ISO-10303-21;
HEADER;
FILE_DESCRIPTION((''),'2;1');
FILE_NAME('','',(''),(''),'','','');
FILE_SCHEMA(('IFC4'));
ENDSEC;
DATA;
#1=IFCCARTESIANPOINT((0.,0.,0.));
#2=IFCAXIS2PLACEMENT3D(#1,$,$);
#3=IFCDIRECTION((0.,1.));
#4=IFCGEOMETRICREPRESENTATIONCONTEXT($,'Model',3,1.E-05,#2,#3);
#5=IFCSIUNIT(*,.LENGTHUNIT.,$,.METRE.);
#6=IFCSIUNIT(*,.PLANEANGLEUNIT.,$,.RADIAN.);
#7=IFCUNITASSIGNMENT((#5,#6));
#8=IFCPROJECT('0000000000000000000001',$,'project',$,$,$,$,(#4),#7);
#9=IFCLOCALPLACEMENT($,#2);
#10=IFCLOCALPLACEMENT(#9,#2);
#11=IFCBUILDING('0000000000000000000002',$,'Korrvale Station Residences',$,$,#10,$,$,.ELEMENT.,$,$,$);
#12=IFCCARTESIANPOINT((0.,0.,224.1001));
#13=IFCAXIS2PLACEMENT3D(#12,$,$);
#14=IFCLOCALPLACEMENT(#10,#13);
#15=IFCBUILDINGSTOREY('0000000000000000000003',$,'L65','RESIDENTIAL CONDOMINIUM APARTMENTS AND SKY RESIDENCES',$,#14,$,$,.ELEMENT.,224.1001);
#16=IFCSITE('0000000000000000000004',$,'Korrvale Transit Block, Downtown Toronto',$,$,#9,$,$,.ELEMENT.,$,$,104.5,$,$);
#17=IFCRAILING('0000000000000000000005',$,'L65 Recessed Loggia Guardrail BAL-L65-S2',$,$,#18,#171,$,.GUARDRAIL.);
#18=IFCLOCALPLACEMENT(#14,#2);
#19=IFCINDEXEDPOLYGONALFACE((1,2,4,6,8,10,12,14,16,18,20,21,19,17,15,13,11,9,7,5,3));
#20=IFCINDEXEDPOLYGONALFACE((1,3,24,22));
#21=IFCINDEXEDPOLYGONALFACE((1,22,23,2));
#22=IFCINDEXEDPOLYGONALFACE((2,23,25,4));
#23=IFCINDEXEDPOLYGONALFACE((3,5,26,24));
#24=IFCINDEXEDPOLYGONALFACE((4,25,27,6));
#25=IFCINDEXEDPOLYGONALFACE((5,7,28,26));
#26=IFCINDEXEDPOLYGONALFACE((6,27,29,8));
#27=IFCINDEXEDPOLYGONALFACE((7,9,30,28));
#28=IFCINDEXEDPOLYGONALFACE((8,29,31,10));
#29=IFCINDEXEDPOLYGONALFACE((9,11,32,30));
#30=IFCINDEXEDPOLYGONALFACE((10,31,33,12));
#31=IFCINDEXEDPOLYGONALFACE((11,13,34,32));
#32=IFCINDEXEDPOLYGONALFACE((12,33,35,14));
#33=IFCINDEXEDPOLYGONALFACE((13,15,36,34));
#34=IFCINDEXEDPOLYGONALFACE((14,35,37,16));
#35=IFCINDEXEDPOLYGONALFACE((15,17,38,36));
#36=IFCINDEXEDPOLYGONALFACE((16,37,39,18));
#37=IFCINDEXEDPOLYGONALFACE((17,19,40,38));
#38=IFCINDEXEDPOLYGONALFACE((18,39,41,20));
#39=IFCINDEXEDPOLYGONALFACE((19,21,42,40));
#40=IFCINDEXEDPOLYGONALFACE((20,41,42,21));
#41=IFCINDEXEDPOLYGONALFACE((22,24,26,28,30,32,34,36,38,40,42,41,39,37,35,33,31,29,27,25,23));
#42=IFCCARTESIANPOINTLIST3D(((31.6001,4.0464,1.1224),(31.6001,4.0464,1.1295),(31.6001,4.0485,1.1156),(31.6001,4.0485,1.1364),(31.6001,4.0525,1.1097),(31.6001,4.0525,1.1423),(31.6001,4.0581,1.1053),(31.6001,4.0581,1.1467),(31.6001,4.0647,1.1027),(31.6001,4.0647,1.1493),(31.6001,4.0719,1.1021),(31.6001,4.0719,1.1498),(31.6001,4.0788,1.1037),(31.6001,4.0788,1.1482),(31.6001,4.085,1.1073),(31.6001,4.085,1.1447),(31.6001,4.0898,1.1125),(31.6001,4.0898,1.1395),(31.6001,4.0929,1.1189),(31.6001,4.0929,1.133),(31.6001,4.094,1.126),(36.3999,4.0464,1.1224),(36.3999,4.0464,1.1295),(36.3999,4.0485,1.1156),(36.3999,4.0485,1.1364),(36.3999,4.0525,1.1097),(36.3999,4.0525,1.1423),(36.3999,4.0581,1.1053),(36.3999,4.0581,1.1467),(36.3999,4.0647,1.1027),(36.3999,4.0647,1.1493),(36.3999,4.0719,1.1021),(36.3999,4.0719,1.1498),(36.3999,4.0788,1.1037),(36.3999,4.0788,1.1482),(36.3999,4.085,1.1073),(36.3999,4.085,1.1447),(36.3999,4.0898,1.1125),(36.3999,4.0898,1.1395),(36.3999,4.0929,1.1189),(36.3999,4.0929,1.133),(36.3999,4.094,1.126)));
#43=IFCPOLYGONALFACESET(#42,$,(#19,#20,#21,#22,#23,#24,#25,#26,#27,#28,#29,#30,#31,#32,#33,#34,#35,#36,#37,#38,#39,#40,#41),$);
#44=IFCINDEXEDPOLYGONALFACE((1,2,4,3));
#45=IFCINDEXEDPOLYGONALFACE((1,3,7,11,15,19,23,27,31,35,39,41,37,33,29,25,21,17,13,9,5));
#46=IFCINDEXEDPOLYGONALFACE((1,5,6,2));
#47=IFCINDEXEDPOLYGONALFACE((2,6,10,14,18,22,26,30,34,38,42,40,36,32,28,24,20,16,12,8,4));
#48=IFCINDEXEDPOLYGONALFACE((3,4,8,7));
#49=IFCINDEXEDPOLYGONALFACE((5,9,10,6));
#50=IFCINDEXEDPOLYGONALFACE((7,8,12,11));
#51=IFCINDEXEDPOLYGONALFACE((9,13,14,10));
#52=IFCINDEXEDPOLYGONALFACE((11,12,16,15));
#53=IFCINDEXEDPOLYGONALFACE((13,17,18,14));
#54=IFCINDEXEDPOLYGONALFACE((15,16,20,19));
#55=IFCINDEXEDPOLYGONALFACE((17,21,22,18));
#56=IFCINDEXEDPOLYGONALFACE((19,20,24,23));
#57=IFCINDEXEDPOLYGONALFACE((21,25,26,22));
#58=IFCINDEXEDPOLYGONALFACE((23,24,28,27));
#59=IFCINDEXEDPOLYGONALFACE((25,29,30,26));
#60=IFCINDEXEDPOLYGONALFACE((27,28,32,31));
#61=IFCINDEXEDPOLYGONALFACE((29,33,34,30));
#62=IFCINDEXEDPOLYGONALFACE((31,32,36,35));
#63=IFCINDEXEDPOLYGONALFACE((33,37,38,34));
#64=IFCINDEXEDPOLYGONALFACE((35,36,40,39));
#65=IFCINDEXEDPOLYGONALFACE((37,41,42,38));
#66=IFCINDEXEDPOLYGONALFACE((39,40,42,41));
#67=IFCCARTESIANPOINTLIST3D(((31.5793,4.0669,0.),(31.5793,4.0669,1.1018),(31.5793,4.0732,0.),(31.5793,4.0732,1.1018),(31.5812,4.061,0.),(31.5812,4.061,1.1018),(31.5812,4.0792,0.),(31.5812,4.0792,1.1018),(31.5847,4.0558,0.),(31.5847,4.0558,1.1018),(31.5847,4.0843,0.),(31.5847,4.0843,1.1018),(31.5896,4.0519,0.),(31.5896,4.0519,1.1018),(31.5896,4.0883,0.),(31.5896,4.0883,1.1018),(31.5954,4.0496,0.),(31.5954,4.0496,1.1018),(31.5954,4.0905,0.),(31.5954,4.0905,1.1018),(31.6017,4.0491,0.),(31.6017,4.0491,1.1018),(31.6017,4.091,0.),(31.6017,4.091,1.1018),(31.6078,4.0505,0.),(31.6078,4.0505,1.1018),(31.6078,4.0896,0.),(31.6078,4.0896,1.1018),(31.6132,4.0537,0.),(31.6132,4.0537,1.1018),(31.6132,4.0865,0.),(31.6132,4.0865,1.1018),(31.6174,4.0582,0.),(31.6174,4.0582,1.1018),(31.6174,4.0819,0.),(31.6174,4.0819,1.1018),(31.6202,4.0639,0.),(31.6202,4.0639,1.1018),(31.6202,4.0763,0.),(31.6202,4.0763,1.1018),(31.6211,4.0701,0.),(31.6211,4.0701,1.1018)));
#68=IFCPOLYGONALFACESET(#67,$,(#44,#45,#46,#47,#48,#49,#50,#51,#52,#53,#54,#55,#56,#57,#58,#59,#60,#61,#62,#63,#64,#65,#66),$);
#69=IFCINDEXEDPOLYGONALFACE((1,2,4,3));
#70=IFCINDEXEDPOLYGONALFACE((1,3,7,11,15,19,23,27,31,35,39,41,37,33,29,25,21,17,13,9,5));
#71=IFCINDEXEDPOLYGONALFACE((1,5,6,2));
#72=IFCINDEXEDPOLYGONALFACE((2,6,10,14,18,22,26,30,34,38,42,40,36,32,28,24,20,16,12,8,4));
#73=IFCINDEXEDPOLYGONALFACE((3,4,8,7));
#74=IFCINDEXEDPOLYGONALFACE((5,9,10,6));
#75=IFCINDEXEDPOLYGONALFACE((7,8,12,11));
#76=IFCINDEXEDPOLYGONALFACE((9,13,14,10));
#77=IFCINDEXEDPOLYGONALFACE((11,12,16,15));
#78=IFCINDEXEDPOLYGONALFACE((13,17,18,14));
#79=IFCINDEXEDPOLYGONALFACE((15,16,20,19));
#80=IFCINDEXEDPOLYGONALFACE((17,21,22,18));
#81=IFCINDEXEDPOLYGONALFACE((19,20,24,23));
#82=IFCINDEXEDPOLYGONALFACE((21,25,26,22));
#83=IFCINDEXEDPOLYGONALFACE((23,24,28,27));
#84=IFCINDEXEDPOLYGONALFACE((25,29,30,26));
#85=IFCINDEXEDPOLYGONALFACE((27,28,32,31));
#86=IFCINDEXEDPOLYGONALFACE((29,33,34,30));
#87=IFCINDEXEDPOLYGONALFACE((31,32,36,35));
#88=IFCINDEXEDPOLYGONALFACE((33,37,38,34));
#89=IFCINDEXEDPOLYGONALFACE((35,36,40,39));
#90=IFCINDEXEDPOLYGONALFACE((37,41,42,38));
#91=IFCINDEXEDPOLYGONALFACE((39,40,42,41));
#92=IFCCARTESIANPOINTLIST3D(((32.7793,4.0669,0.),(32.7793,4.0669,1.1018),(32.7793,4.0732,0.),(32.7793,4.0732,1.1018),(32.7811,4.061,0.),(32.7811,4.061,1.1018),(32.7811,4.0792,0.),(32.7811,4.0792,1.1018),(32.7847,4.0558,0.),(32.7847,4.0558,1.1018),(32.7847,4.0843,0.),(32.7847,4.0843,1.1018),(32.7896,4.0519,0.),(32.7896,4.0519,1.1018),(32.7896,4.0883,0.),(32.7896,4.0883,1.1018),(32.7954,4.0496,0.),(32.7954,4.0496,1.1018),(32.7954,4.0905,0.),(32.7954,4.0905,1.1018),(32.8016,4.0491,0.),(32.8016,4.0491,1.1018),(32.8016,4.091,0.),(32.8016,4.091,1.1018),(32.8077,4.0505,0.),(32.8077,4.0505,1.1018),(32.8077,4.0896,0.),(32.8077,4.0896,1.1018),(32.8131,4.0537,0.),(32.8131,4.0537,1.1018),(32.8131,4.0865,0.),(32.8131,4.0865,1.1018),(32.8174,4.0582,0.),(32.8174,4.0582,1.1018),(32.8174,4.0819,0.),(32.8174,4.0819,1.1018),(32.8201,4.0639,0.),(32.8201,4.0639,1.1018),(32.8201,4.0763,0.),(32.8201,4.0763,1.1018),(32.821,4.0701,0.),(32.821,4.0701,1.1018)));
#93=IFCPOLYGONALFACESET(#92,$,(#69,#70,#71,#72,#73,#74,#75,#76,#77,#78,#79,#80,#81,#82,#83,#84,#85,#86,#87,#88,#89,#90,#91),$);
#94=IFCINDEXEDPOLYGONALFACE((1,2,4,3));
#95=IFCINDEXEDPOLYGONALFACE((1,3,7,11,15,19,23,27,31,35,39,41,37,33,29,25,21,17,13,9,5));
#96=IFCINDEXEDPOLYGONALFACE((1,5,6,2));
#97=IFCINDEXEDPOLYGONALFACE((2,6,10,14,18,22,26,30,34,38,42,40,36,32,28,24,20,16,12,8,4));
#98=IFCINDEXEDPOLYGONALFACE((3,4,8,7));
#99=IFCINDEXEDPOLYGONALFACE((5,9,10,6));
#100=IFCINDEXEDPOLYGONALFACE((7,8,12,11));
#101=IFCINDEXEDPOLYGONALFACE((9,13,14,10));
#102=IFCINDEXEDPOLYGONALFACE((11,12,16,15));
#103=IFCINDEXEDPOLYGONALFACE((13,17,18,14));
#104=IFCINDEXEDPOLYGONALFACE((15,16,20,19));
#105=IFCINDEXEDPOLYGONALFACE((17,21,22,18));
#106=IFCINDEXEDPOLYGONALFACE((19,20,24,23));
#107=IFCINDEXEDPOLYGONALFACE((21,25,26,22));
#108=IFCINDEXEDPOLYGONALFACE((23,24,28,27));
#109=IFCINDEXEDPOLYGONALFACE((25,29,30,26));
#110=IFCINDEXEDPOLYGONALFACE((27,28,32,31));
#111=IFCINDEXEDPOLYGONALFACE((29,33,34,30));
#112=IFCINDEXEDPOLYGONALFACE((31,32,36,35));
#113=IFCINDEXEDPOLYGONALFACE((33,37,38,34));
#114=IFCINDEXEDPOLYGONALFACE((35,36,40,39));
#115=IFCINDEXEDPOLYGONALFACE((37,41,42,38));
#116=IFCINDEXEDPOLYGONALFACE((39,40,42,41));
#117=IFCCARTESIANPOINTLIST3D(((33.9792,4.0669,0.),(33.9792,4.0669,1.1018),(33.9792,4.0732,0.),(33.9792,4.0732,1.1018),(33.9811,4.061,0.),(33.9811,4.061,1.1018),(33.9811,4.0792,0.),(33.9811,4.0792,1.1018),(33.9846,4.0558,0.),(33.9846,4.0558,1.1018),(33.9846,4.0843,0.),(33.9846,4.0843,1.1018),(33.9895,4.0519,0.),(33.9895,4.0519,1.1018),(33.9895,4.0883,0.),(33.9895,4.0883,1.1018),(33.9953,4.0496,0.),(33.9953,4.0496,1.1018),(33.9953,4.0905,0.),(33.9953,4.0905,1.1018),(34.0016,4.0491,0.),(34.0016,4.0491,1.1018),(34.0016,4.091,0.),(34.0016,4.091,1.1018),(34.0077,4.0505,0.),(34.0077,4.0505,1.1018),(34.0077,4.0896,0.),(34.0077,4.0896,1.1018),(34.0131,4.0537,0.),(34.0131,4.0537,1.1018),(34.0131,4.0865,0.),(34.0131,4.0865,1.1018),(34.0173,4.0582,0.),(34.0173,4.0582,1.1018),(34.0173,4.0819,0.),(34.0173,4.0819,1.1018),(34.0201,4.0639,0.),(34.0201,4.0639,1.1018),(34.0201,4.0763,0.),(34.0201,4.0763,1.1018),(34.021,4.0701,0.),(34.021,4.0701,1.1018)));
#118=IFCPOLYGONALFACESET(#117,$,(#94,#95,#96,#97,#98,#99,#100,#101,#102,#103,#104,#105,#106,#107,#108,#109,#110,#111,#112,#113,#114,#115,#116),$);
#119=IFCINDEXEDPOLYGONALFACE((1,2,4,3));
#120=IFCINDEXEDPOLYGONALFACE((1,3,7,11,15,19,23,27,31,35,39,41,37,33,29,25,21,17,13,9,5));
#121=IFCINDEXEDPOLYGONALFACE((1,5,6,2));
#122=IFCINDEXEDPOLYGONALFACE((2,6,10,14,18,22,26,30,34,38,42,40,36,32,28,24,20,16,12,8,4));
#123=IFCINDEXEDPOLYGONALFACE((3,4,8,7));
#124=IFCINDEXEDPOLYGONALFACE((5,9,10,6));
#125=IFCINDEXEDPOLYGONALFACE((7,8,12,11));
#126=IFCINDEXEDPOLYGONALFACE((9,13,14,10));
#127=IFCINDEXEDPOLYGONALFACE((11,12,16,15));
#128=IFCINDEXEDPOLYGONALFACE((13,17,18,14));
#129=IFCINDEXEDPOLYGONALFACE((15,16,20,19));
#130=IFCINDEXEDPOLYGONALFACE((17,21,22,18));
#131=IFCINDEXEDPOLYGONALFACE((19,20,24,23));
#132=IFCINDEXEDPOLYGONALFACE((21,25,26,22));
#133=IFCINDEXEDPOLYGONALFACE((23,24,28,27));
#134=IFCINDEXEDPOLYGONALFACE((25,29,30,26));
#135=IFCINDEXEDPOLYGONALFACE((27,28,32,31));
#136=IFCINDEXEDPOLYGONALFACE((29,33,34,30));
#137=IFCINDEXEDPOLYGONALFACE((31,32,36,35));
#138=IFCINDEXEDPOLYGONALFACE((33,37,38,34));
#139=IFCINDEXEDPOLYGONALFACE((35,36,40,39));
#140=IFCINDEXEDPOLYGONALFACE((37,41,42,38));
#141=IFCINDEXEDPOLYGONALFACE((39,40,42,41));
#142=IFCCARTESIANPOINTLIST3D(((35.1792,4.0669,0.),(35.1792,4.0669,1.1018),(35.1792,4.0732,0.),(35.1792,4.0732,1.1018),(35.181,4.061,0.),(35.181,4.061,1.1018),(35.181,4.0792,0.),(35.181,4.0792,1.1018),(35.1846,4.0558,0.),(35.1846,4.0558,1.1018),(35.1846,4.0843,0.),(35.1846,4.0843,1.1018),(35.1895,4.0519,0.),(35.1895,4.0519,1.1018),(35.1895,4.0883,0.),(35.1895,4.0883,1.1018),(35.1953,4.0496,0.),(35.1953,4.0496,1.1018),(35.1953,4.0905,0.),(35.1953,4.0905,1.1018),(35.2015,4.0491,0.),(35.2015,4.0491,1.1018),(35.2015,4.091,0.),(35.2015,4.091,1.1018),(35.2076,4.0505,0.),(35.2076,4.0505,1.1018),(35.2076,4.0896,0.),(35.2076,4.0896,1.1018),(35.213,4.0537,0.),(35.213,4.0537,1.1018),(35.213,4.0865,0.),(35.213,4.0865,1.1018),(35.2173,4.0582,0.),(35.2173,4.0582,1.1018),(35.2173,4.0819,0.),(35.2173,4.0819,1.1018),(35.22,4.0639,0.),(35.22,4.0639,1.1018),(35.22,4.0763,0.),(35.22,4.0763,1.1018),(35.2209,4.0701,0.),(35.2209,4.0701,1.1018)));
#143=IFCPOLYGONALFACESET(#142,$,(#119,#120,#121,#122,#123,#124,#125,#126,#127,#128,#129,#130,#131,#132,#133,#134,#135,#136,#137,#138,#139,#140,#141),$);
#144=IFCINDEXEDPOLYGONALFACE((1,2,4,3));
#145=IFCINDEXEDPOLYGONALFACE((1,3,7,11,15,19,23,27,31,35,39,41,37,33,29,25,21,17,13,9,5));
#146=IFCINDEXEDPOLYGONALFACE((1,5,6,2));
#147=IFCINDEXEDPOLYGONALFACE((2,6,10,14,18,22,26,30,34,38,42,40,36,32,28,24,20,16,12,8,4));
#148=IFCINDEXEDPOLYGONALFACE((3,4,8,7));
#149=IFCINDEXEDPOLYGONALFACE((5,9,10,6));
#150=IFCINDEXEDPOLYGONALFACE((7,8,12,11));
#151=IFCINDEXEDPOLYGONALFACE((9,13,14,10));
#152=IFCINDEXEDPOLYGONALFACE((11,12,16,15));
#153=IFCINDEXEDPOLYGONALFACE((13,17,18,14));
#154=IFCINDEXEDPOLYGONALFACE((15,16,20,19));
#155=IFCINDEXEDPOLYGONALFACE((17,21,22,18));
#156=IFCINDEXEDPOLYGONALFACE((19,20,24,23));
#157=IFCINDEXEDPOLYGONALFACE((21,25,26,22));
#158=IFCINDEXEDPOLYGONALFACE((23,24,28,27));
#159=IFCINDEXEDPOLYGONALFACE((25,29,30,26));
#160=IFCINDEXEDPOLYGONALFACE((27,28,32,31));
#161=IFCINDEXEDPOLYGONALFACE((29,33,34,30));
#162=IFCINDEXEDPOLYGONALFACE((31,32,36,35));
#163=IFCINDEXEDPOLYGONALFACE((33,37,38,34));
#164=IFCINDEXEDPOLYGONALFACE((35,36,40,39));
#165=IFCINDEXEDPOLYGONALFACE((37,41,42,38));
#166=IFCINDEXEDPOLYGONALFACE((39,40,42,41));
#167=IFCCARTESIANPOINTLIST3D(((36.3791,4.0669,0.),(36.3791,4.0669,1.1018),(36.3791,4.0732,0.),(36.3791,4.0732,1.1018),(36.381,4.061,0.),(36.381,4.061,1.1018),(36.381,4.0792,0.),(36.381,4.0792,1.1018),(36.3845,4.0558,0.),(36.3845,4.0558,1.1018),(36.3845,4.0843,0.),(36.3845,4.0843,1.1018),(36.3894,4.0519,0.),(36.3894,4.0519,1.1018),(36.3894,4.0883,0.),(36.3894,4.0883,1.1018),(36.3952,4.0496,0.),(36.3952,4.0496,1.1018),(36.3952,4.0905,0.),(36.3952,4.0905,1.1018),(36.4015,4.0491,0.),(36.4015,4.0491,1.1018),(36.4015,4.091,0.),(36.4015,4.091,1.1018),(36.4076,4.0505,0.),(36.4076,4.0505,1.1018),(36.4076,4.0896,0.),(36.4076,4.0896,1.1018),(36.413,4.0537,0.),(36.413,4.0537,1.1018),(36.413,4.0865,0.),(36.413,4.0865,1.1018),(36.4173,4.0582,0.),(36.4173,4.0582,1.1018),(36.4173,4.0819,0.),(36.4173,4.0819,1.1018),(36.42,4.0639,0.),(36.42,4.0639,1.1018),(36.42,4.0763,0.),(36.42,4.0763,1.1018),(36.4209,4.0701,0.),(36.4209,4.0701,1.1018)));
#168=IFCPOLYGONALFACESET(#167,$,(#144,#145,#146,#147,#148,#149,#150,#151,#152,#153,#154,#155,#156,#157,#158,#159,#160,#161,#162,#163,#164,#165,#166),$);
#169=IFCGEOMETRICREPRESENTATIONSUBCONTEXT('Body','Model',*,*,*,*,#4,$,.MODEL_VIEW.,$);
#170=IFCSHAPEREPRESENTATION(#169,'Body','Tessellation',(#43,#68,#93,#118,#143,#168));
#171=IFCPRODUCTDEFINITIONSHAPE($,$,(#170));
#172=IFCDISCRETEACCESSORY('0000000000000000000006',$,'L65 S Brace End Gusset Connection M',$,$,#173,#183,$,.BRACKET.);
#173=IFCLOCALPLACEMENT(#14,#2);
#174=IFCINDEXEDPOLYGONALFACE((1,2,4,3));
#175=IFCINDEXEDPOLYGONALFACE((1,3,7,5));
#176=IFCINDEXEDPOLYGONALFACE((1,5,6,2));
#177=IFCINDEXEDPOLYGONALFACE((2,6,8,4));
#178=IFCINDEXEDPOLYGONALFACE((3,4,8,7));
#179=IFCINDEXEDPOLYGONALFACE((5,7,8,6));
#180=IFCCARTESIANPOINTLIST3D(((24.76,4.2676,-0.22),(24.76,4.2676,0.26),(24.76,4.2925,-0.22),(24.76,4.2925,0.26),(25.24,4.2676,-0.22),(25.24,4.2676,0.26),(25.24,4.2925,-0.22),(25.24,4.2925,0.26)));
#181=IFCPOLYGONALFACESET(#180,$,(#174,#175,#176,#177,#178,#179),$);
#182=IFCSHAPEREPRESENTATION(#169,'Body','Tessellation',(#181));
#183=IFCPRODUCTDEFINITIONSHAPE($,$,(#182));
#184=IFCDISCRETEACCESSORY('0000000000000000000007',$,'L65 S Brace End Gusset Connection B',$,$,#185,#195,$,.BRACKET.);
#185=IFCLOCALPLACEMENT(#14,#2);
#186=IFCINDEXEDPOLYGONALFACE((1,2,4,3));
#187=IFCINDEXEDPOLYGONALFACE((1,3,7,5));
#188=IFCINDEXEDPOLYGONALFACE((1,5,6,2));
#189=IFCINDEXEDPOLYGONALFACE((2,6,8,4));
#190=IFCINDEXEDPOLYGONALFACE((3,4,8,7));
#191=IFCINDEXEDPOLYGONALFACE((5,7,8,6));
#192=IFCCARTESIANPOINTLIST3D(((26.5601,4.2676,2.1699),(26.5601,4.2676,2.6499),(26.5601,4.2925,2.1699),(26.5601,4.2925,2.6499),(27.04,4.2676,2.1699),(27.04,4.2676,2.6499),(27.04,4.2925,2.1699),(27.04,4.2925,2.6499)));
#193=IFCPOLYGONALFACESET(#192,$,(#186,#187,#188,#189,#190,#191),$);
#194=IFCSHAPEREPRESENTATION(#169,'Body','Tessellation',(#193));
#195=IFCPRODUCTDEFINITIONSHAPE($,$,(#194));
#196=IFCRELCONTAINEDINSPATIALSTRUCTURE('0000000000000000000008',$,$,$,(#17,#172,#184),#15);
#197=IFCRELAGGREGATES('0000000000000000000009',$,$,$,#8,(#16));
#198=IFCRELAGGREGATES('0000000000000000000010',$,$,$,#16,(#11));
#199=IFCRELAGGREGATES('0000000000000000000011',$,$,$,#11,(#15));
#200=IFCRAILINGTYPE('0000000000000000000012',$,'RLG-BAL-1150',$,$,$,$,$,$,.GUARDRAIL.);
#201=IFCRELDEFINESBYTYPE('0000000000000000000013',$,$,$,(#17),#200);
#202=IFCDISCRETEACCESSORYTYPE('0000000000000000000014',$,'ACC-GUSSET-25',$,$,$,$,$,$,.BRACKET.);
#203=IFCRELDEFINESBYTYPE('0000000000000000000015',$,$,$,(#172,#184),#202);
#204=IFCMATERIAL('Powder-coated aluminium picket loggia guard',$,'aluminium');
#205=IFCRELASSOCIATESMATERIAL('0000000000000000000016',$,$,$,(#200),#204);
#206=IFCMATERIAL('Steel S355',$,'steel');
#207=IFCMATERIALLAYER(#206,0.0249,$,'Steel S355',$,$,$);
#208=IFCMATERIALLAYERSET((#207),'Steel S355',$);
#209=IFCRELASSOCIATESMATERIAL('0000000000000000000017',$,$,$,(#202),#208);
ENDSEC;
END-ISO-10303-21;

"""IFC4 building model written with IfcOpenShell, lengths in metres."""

from ifc_helpers import new_model, si_unit, direction, frame, origin, origin_2d, place, context, subcontext, project, spatial, rectangle, circle, extrude, material, layer, layer_set, type_object, element, save


model = new_model("IFC4")

# Units and contexts
model_context = context("Model", 3, precision=1e-05, world=origin(), true_north=direction((0.0, 1.0)))
body_context = subcontext(model_context, "Body", "Model", "MODEL_VIEW")
ifc_project = project(units=[si_unit("LENGTHUNIT", "METRE"), si_unit("PLANEANGLEUNIT", "RADIAN")], contexts=[model_context])

# Site, building, storey
site_placement = place(None, origin())
site = spatial("IfcSite", under=ifc_project, at=site_placement, Name="Korrvale Transit Block, Downtown Toronto", CompositionType="ELEMENT", RefElevation=104.5)
building_placement = place(site_placement, origin())
building = spatial("IfcBuilding", under=site, at=building_placement, Name="Korrvale Station Residences", CompositionType="ELEMENT")
storey_placement = place(building_placement, frame((0.0, 0.0, 224.1001)))
storey = spatial("IfcBuildingStorey", under=building, at=storey_placement, Name="L65", Description="RESIDENTIAL CONDOMINIUM APARTMENTS AND SKY RESIDENCES", CompositionType="ELEMENT", Elevation=224.1001)

# Shared definitions
ifc_material_1 = material(Name="Steel S355", Category="steel")

# Railing
ifc_material_2 = material(Name="Powder-coated aluminium picket loggia guard", Category="aluminium")
railing_type = type_object("IfcRailingType", Name="RLG-BAL-1150", PredefinedType="GUARDRAIL", material=ifc_material_2)
railing_placement = place(storey_placement, frame((31.6001, 4.0701, 0.0)))
element("IfcRailing", 1, at=railing_placement, inside=storey, type_object=railing_type, Name="L65 Recessed Loggia Guardrail BAL-L65-S2", PredefinedType="GUARDRAIL", context=body_context, shape_type="SweptSolid", body=[
    extrude(circle(Radius=0.0239, at=origin_2d()), frame((0.0, 0.0, 1.126), z_axis=(1.0, 0.0, 0.0), x_axis=(0.0, 1.0, 0.0)), (0.0, 0.0, 1.0), 4.7998),
    extrude(circle(Radius=0.021, at=origin_2d()), origin(), (0.0, 0.0, 1.0), 1.1018),
    extrude(circle(Radius=0.021, at=origin_2d()), frame((1.2, 0.0, 0.0)), (0.0, 0.0, 1.0), 1.1018),
    extrude(circle(Radius=0.021, at=origin_2d()), frame((2.3999, 0.0, 0.0)), (0.0, 0.0, 1.0), 1.1018),
    extrude(circle(Radius=0.021, at=origin_2d()), frame((3.5999, 0.0, 0.0)), (0.0, 0.0, 1.0), 1.1018),
    extrude(circle(Radius=0.021, at=origin_2d()), frame((4.7998, 0.0, 0.0)), (0.0, 0.0, 1.0), 1.1018),
])

# Discrete accessories
ifc_layer_1 = layer(ifc_material_1, 0.0249, Name="Steel S355")
ifc_layer_set_1 = layer_set([ifc_layer_1], Name="Steel S355")
discrete_accessory_type = type_object("IfcDiscreteAccessoryType", Name="ACC-GUSSET-25", PredefinedType="BRACKET", material=ifc_layer_set_1)
for number, where, z_axis, x_axis, name in (
    (2, (25.0, 4.28, -0.22), (0.0, 0.0, 1.0), (1.0, 0.0, 0.0), "L65 S Brace End Gusset Connection M"),
    (3, (26.8, 4.28, 2.1699), (0.0, 0.0, 1.0), (1.0, 0.0, 0.0), "L65 S Brace End Gusset Connection B"),
):
    element("IfcDiscreteAccessory", number, at=place(storey_placement, frame(where, z_axis=z_axis, x_axis=x_axis)), inside=storey, type_object=discrete_accessory_type, Name=name, PredefinedType="BRACKET", context=body_context, shape_type="SweptSolid", body=[
        extrude(rectangle(XDim=0.48, YDim=0.0249, at=origin_2d()), origin(), (0.0, 0.0, 1.0), 0.48),
    ])

save(model, "model.ifc")
